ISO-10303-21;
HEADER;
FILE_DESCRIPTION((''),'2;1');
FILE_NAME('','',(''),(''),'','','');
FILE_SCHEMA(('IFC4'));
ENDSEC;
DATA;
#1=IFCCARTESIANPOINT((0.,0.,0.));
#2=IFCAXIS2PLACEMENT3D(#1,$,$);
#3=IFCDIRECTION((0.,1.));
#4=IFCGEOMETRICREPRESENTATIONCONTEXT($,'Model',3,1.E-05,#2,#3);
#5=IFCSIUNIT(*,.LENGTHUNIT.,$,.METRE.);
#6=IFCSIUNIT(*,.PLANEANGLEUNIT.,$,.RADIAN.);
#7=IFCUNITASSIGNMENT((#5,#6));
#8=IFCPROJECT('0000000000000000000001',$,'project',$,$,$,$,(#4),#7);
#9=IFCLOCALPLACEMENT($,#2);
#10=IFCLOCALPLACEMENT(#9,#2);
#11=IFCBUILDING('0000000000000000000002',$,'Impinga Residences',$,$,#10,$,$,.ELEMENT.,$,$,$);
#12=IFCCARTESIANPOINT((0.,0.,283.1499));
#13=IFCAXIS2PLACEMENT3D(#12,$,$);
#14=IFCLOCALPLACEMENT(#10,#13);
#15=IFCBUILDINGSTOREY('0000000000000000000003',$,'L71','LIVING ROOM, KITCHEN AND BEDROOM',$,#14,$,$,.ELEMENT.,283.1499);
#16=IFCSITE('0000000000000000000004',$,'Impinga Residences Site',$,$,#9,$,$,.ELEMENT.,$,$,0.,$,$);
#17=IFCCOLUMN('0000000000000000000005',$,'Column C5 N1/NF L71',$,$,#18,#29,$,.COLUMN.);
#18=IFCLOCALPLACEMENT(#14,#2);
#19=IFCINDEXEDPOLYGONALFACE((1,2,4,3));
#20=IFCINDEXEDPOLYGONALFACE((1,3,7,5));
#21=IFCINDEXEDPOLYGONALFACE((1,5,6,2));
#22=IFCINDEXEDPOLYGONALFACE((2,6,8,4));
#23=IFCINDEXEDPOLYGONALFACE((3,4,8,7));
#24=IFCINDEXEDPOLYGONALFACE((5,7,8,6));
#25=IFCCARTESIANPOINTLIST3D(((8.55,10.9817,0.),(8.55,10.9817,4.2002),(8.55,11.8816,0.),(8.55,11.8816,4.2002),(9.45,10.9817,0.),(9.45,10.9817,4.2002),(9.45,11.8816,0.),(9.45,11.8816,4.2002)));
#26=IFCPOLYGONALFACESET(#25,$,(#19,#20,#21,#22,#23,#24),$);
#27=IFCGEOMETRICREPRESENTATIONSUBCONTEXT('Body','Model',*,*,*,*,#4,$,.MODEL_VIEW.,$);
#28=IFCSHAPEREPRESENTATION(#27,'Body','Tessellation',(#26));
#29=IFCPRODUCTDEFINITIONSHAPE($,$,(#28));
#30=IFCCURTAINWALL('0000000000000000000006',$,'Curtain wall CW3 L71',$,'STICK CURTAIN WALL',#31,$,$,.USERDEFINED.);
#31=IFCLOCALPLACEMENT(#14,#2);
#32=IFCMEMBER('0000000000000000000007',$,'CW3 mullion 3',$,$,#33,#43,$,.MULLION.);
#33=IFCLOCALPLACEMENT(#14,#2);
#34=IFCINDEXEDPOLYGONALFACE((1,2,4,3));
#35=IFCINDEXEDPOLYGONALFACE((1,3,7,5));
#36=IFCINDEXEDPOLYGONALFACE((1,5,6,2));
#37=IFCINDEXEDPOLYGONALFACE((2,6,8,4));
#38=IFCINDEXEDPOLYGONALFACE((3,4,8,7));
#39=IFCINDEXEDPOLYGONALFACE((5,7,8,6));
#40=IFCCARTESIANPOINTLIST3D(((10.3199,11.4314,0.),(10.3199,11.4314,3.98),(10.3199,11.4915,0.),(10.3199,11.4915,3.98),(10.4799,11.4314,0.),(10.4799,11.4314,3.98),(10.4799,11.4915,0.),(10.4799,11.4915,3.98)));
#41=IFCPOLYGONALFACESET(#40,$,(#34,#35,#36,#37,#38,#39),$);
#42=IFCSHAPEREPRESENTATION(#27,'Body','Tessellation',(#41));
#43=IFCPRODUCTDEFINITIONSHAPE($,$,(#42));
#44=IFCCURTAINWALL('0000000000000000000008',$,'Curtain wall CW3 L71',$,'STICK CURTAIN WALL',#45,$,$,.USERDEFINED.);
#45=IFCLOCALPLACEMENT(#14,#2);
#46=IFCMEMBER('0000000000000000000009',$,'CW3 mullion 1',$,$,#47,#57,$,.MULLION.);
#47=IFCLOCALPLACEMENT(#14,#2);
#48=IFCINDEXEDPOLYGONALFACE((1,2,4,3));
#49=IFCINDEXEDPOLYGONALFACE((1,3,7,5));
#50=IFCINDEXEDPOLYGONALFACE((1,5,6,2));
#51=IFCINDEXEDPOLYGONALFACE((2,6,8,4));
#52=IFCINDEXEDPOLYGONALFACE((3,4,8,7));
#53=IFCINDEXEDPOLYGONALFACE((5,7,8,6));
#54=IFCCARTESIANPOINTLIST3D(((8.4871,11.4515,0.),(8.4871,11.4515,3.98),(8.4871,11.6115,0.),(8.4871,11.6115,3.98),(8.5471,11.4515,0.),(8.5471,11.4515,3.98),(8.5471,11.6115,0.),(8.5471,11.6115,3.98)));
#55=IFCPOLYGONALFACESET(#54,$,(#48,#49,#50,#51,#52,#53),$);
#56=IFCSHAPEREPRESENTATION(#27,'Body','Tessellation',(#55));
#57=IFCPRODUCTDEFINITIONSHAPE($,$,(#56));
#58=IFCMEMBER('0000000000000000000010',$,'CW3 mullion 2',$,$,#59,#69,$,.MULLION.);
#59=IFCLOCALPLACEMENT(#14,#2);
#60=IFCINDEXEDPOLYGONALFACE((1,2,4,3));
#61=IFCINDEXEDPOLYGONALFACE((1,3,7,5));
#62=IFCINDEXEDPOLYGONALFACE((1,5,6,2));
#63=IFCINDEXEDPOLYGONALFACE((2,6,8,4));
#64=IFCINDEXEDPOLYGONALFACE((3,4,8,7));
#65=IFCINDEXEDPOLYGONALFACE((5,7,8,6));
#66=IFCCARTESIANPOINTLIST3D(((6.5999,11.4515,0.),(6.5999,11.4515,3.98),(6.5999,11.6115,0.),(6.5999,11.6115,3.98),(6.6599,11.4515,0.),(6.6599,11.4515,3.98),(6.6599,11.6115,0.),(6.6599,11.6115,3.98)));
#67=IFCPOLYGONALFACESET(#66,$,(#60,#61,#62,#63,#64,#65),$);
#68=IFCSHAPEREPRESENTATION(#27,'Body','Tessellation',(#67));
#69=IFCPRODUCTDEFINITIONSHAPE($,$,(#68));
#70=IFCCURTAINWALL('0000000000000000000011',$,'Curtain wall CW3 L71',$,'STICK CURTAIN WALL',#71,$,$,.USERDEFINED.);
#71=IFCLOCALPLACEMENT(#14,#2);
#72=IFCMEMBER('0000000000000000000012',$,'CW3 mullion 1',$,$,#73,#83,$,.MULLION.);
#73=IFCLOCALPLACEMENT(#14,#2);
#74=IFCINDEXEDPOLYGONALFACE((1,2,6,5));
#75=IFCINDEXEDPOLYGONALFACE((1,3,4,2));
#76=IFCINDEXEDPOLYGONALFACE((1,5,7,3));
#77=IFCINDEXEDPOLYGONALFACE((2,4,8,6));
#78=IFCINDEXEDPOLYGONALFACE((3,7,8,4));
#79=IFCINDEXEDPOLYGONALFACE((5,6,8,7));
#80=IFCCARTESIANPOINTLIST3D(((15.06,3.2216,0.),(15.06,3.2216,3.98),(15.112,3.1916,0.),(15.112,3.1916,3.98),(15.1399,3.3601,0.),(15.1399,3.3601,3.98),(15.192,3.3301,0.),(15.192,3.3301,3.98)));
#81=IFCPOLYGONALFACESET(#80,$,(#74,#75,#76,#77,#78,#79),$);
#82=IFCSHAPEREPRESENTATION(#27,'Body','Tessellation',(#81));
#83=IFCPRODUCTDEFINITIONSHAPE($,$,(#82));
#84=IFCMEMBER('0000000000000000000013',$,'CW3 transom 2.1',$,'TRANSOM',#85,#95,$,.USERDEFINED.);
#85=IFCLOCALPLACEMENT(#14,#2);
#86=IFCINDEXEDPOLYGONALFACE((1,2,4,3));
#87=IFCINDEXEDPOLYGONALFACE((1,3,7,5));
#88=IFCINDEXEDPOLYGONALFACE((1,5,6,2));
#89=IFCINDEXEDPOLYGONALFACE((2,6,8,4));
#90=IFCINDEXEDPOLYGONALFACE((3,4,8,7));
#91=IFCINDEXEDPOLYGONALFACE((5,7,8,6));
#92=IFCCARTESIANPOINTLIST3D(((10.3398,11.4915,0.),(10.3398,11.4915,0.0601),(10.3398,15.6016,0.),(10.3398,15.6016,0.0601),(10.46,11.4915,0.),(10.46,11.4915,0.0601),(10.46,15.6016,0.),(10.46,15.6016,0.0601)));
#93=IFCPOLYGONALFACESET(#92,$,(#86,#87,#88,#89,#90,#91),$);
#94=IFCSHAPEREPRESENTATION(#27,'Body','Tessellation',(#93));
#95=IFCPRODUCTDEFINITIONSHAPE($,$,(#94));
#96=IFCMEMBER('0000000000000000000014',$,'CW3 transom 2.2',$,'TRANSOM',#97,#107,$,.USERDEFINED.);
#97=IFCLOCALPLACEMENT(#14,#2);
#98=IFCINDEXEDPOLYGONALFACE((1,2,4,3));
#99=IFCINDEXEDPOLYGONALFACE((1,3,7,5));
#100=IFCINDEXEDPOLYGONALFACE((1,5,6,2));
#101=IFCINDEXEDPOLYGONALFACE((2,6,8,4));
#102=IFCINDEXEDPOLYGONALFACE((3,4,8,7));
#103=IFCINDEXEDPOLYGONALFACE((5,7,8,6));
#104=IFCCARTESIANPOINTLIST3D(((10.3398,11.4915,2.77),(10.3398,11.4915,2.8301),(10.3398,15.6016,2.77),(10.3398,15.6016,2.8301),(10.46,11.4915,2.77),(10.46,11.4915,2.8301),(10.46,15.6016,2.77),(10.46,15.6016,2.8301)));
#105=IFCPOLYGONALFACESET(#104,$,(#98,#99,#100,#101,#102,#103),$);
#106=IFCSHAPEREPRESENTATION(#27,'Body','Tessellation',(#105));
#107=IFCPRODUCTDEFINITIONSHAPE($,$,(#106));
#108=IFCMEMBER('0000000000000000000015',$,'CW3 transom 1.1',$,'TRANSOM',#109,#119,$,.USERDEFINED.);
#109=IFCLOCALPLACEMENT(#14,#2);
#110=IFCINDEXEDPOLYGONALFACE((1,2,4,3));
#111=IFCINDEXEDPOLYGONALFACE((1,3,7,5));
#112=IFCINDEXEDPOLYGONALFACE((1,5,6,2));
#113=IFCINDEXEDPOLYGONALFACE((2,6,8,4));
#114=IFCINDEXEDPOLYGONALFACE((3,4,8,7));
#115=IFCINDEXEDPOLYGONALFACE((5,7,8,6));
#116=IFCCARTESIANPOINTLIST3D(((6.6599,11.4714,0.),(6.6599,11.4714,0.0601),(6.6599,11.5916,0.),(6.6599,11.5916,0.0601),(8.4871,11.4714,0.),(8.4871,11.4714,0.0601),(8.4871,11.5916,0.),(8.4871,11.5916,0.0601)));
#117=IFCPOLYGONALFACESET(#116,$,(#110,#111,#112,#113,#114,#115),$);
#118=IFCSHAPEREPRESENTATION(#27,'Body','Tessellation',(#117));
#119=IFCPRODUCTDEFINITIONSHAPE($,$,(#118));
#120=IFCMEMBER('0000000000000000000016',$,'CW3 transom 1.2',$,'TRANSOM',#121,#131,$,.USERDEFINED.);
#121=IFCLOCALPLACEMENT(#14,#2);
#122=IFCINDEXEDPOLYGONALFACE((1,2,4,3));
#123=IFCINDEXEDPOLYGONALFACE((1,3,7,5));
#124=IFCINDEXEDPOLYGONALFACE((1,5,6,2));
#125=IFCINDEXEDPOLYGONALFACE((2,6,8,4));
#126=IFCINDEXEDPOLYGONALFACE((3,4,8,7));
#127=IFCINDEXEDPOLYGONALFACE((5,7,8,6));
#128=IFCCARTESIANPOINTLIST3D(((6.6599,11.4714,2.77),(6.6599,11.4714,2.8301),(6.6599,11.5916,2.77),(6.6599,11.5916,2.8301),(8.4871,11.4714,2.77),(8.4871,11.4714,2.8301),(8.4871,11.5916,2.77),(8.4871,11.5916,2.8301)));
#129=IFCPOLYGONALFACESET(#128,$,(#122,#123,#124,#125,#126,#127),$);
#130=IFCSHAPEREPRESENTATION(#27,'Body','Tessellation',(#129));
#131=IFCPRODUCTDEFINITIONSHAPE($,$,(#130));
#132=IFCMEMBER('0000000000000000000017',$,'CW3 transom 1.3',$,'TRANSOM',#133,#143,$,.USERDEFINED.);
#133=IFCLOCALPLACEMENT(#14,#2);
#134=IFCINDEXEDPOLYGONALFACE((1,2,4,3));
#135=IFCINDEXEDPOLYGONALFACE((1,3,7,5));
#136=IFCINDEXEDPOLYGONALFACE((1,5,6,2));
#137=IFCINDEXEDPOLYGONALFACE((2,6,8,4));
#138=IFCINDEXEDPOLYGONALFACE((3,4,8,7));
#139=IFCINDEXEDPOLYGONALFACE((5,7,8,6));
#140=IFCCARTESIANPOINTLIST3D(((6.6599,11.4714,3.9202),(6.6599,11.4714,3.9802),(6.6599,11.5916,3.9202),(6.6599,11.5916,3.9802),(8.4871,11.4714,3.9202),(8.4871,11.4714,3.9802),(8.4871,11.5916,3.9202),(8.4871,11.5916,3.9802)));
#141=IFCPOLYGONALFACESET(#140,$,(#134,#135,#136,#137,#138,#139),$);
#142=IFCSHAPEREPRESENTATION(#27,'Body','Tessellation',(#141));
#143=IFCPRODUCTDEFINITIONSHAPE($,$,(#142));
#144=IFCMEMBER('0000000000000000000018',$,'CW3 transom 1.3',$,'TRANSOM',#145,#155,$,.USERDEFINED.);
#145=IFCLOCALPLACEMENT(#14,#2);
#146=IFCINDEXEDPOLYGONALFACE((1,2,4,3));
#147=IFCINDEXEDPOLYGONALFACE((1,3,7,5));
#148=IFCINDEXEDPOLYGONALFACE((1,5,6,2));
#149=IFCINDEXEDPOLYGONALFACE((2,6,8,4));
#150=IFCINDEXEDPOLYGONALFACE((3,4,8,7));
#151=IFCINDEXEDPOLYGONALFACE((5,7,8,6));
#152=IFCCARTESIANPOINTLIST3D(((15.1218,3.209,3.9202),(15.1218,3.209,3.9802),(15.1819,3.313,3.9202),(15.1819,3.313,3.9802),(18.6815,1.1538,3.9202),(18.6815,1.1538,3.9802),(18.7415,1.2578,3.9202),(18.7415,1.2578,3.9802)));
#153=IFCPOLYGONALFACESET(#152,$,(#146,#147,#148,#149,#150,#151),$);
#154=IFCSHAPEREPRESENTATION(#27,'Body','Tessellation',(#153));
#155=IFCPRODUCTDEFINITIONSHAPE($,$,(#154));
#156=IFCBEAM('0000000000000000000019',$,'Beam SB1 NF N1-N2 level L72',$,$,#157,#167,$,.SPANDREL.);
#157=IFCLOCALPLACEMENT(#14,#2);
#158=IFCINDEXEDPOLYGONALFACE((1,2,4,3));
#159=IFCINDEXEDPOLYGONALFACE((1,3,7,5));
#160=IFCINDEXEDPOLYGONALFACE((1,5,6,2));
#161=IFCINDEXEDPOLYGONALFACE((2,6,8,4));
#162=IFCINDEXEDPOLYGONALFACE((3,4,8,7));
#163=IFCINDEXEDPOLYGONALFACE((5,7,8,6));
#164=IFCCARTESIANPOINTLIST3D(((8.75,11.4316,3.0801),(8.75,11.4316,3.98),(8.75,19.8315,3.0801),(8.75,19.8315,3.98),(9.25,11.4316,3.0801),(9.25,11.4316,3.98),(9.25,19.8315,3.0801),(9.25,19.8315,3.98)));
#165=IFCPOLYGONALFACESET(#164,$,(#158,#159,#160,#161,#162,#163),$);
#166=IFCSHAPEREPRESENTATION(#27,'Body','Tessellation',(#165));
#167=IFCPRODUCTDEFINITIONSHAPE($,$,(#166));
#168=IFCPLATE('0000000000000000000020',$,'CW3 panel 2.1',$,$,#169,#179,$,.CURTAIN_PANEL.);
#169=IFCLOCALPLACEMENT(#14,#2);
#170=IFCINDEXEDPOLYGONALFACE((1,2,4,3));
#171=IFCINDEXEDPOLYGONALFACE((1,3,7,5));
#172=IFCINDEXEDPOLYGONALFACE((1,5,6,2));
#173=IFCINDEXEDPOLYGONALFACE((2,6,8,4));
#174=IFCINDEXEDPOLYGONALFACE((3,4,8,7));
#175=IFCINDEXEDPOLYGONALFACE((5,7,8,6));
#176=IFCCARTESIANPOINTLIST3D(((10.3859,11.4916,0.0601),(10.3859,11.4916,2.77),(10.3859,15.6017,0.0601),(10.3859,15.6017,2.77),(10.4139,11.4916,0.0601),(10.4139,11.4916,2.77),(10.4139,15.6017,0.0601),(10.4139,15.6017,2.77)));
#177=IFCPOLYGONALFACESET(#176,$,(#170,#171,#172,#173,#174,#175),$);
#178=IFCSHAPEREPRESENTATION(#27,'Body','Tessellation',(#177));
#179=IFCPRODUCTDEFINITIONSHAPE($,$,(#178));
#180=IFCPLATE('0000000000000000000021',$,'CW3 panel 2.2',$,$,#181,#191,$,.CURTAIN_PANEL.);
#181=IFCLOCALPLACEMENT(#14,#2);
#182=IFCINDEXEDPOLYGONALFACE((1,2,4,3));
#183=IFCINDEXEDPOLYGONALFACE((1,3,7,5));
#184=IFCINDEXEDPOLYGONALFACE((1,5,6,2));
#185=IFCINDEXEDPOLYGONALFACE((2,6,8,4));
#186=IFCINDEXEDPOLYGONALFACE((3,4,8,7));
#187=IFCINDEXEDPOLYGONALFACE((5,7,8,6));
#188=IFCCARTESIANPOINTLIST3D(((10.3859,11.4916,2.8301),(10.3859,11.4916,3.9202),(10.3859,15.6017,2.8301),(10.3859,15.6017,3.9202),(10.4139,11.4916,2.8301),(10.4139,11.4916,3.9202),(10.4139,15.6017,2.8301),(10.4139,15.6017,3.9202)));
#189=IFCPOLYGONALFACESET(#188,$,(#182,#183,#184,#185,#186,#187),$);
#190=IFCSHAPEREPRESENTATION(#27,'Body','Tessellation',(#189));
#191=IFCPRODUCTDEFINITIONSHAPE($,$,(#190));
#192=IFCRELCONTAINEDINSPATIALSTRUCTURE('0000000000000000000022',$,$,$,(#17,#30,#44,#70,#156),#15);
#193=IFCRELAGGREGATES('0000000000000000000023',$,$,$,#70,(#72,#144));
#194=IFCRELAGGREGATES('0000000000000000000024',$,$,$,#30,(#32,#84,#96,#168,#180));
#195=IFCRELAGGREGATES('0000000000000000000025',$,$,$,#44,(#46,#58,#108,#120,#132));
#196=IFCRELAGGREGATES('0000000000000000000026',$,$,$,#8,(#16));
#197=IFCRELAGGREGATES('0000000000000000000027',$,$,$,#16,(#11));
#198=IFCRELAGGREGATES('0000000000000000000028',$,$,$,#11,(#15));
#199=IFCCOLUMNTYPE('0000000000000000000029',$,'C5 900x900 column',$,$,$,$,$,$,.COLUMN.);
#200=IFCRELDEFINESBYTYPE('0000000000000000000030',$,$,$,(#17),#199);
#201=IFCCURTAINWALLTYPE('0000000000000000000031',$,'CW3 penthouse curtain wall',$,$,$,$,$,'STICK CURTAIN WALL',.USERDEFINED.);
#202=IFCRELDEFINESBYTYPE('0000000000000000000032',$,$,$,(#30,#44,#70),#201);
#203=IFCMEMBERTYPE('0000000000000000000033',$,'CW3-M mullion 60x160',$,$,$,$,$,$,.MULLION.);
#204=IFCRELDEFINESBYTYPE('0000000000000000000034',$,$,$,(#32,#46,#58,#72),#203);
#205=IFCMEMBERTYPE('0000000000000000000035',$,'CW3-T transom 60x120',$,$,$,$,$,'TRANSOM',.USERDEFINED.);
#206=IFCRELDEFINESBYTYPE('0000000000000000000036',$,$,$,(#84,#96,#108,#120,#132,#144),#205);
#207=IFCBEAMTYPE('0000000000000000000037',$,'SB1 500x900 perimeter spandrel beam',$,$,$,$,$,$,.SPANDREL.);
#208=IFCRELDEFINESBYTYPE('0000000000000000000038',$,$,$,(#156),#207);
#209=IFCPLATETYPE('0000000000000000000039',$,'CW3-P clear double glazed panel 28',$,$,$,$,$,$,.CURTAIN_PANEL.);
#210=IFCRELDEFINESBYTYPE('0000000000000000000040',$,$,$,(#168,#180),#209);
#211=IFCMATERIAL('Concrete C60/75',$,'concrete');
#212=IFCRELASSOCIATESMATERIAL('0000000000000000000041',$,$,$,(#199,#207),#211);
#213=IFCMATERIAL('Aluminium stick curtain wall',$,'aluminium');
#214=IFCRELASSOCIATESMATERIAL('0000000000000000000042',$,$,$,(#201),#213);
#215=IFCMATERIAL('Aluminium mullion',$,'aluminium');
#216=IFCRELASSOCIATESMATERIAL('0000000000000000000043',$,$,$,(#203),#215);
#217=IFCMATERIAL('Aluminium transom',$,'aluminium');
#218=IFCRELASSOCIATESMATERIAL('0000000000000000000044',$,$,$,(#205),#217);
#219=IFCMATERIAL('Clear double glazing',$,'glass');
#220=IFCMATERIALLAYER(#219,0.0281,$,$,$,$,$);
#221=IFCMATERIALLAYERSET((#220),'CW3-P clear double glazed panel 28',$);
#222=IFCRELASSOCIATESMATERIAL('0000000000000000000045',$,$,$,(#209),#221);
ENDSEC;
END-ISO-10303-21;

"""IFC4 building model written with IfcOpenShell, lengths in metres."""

from ifc_helpers import new_model, si_unit, direction, frame, origin, origin_2d, place, context, subcontext, project, spatial, rectangle, extrude, material, layer, layer_set, material_profile, profile_set, type_object, element, aggregate, save


model = new_model("IFC4")

# Units and contexts
model_context = context("Model", 3, precision=1e-05, world=origin(), true_north=direction((0.0, 1.0)))
body_context = subcontext(model_context, "Body", "Model", "MODEL_VIEW")
ifc_project = project(units=[si_unit("LENGTHUNIT", "METRE"), si_unit("PLANEANGLEUNIT", "RADIAN")], contexts=[model_context])

# Site, building, storey
site_placement = place(None, origin())
site = spatial("IfcSite", under=ifc_project, at=site_placement, Name="Impinga Residences Site", CompositionType="ELEMENT", RefElevation=0.0)
building_placement = place(site_placement, origin())
building = spatial("IfcBuilding", under=site, at=building_placement, Name="Impinga Residences", CompositionType="ELEMENT")
storey_placement = place(building_placement, frame((0.0, 0.0, 283.1499)))
storey = spatial("IfcBuildingStorey", under=building, at=storey_placement, Name="L71", Description="LIVING ROOM, KITCHEN AND BEDROOM", CompositionType="ELEMENT", Elevation=283.1499)

# Column
ifc_material_1 = material(Name="Concrete C60/75", Category="concrete")
ifc_material_profile_1 = material_profile(ifc_material_1, rectangle(XDim=0.8999, YDim=0.8999, at=origin_2d()), Name="RC 900x900")
ifc_profile_set_1 = profile_set([ifc_material_profile_1], Name="Concrete C60/75")
column_type = type_object("IfcColumnType", Name="C5 900x900 column", PredefinedType="COLUMN", material=ifc_profile_set_1)
column_placement = place(storey_placement, frame((9.0, 11.4316, 0.0), z_axis=(0.0, 0.0, 1.0), x_axis=(1.0, 0.0, 0.0)))
element("IfcColumn", 1, at=column_placement, inside=storey, type_object=column_type, Name="Column C5 N1/NF L71", PredefinedType="COLUMN", context=body_context, shape_type="SweptSolid", body=[
    extrude(rectangle(XDim=0.8999, YDim=0.8999, at=origin_2d()), origin(), (0.0, 0.0, 1.0), 4.2002),
])

# Curtain wall, member
ifc_material_2 = material(Name="Aluminium stick curtain wall", Category="aluminium")
curtain_wall_type = type_object("IfcCurtainWallType", Name="CW3 penthouse curtain wall", ElementType="STICK CURTAIN WALL", PredefinedType="USERDEFINED", material=ifc_material_2)
curtain_wall_1_placement = place(storey_placement, origin())
curtain_wall_1 = element("IfcCurtainWall", 2, at=curtain_wall_1_placement, inside=storey, type_object=curtain_wall_type, Name="Curtain wall CW3 L71", ObjectType="STICK CURTAIN WALL", PredefinedType="USERDEFINED")
ifc_material_3 = material(Name="Aluminium mullion", Category="aluminium")
ifc_material_profile_2 = material_profile(ifc_material_3, rectangle(XDim=0.0601, YDim=0.1599, at=origin_2d()), Name="60x160 mullion")
ifc_profile_set_2 = profile_set([ifc_material_profile_2], Name="Aluminium mullion")
member_type_1 = type_object("IfcMemberType", Name="CW3-M mullion 60x160", PredefinedType="MULLION", material=ifc_profile_set_2)
member_1_placement = place(storey_placement, frame((10.3999, 11.4614, 0.0), z_axis=(0.0, 0.0, 1.0), x_axis=(0.0, -1.0, 0.0)))
member_1 = element("IfcMember", 3, at=member_1_placement, type_object=member_type_1, Name="CW3 mullion 3", PredefinedType="MULLION", context=body_context, shape_type="SweptSolid", body=[
    extrude(rectangle(XDim=0.0601, YDim=0.1599, at=origin_2d()), origin(), (0.0, 0.0, 1.0), 3.98),
])

# Curtain wall, members
curtain_wall_2_placement = place(storey_placement, origin())
curtain_wall_2 = element("IfcCurtainWall", 4, at=curtain_wall_2_placement, inside=storey, type_object=curtain_wall_type, Name="Curtain wall CW3 L71", ObjectType="STICK CURTAIN WALL", PredefinedType="USERDEFINED")
member_2_placement = place(storey_placement, frame((8.5171, 11.5315, 0.0), z_axis=(0.0, 0.0, 1.0), x_axis=(-1.0, 0.0, 0.0)))
member_2 = element("IfcMember", 5, at=member_2_placement, type_object=member_type_1, Name="CW3 mullion 1", PredefinedType="MULLION", context=body_context, shape_type="SweptSolid", body=[
    extrude(rectangle(XDim=0.0601, YDim=0.1599, at=origin_2d()), origin(), (0.0, 0.0, 1.0), 3.98),
])
member_3_placement = place(storey_placement, frame((6.6299, 11.5315, 0.0), z_axis=(0.0, 0.0, 1.0), x_axis=(-1.0, 0.0, 0.0)))
member_3 = element("IfcMember", 6, at=member_3_placement, type_object=member_type_1, Name="CW3 mullion 2", PredefinedType="MULLION", context=body_context, shape_type="SweptSolid", body=[
    extrude(rectangle(XDim=0.0601, YDim=0.1599, at=origin_2d()), origin(), (0.0, 0.0, 1.0), 3.98),
])

# Curtain wall, member
curtain_wall_3_placement = place(storey_placement, origin())
curtain_wall_3 = element("IfcCurtainWall", 7, at=curtain_wall_3_placement, inside=storey, type_object=curtain_wall_type, Name="Curtain wall CW3 L71", ObjectType="STICK CURTAIN WALL", PredefinedType="USERDEFINED")
member_4_placement = place(storey_placement, frame((15.126, 3.2759, 0.0), z_axis=(0.0, 0.0, 1.0), x_axis=(0.866025, -0.5, 0.0)))
member_4 = element("IfcMember", 8, at=member_4_placement, type_object=member_type_1, Name="CW3 mullion 1", PredefinedType="MULLION", context=body_context, shape_type="SweptSolid", body=[
    extrude(rectangle(XDim=0.0601, YDim=0.1599, at=origin_2d()), origin(), (0.0, 0.0, 1.0), 3.98),
])

# Members
ifc_material_4 = material(Name="Aluminium transom", Category="aluminium")
ifc_material_profile_3 = material_profile(ifc_material_4, rectangle(XDim=0.0601, YDim=0.1201, at=origin_2d()), Name="60x120 transom")
ifc_profile_set_3 = profile_set([ifc_material_profile_3], Name="Aluminium transom")
member_type_2 = type_object("IfcMemberType", Name="CW3-T transom 60x120", ElementType="TRANSOM", PredefinedType="USERDEFINED", material=ifc_profile_set_3)
member_5_placement = place(storey_placement, frame((10.3999, 15.6016, 0.03), z_axis=(0.0, -1.0, 0.0), x_axis=(0.0, 0.0, 1.0)))
member_5 = element("IfcMember", 9, at=member_5_placement, type_object=member_type_2, Name="CW3 transom 2.1", ObjectType="TRANSOM", PredefinedType="USERDEFINED", context=body_context, shape_type="SweptSolid", body=[
    extrude(rectangle(XDim=0.0601, YDim=0.1201, at=origin_2d()), origin(), (0.0, 0.0, 1.0), 4.1101),
])
member_6_placement = place(storey_placement, frame((10.3999, 15.6016, 2.8), z_axis=(0.0, -1.0, 0.0), x_axis=(0.0, 0.0, 1.0)))
member_6 = element("IfcMember", 10, at=member_6_placement, type_object=member_type_2, Name="CW3 transom 2.2", ObjectType="TRANSOM", PredefinedType="USERDEFINED", context=body_context, shape_type="SweptSolid", body=[
    extrude(rectangle(XDim=0.0601, YDim=0.1201, at=origin_2d()), origin(), (0.0, 0.0, 1.0), 4.1101),
])
member_7_placement = place(storey_placement, frame((8.4871, 11.5315, 0.03), z_axis=(-1.0, 0.0, 0.0), x_axis=(0.0, 0.0, 1.0)))
member_7 = element("IfcMember", 11, at=member_7_placement, type_object=member_type_2, Name="CW3 transom 1.1", ObjectType="TRANSOM", PredefinedType="USERDEFINED", context=body_context, shape_type="SweptSolid", body=[
    extrude(rectangle(XDim=0.0601, YDim=0.1201, at=origin_2d()), origin(), (0.0, 0.0, 1.0), 1.8271),
])
member_8_placement = place(storey_placement, frame((8.4871, 11.5315, 2.8), z_axis=(-1.0, 0.0, 0.0), x_axis=(0.0, 0.0, 1.0)))
member_8 = element("IfcMember", 12, at=member_8_placement, type_object=member_type_2, Name="CW3 transom 1.2", ObjectType="TRANSOM", PredefinedType="USERDEFINED", context=body_context, shape_type="SweptSolid", body=[
    extrude(rectangle(XDim=0.0601, YDim=0.1201, at=origin_2d()), origin(), (0.0, 0.0, 1.0), 1.8271),
])
member_9_placement = place(storey_placement, frame((8.4871, 11.5315, 3.9502), z_axis=(-1.0, 0.0, 0.0), x_axis=(0.0, 0.0, 1.0)))
member_9 = element("IfcMember", 13, at=member_9_placement, type_object=member_type_2, Name="CW3 transom 1.3", ObjectType="TRANSOM", PredefinedType="USERDEFINED", context=body_context, shape_type="SweptSolid", body=[
    extrude(rectangle(XDim=0.0601, YDim=0.1201, at=origin_2d()), origin(), (0.0, 0.0, 1.0), 1.8271),
])
member_10_placement = place(storey_placement, frame((15.1519, 3.261, 3.9502), z_axis=(0.866019, -0.50001, 0.0), x_axis=(0.0, 0.0, 1.0)))
member_10 = element("IfcMember", 14, at=member_10_placement, type_object=member_type_2, Name="CW3 transom 1.3", ObjectType="TRANSOM", PredefinedType="USERDEFINED", context=body_context, shape_type="SweptSolid", body=[
    extrude(rectangle(XDim=0.0601, YDim=0.1201, at=origin_2d()), origin(), (0.0, 0.0, 1.0), 4.1104),
])
aggregate(curtain_wall_3, [member_4, member_10])

# Beam
ifc_material_profile_4 = material_profile(ifc_material_1, rectangle(XDim=0.5, YDim=0.8999, at=origin_2d()), Name="RC 500x900")
ifc_profile_set_4 = profile_set([ifc_material_profile_4], Name="Concrete C60/75")
beam_type = type_object("IfcBeamType", Name="SB1 500x900 perimeter spandrel beam", PredefinedType="SPANDREL", material=ifc_profile_set_4)
beam_placement = place(storey_placement, frame((9.0, 11.4316, 3.53), z_axis=(0.0, 1.0, 0.0), x_axis=(-1.0, 0.0, 0.0)))
element("IfcBeam", 15, at=beam_placement, inside=storey, type_object=beam_type, Name="Beam SB1 NF N1-N2 level L72", PredefinedType="SPANDREL", context=body_context, shape_type="SweptSolid", body=[
    extrude(rectangle(XDim=0.5, YDim=0.8999, at=origin_2d()), origin(), (0.0, 0.0, 1.0), 8.3999),
])

# Plates
ifc_material_5 = material(Name="Clear double glazing", Category="glass")
ifc_layer_1 = layer(ifc_material_5, 0.0281)
ifc_layer_set_1 = layer_set([ifc_layer_1], Name="CW3-P clear double glazed panel 28")
plate_type = type_object("IfcPlateType", Name="CW3-P clear double glazed panel 28", PredefinedType="CURTAIN_PANEL", material=ifc_layer_set_1)
plate_1_placement = place(storey_placement, frame((10.3999, 13.5466, 0.0601), z_axis=(0.0, 0.0, 1.0), x_axis=(0.0, -1.0, 0.0)))
plate_1 = element("IfcPlate", 16, at=plate_1_placement, type_object=plate_type, Name="CW3 panel 2.1", PredefinedType="CURTAIN_PANEL", context=body_context, shape_type="SweptSolid", body=[
    extrude(rectangle(XDim=4.1101, YDim=0.0281, at=origin_2d()), origin(), (0.0, 0.0, 1.0), 2.71),
])
plate_2_placement = place(storey_placement, frame((10.3999, 13.5466, 2.8301), z_axis=(0.0, 0.0, 1.0), x_axis=(0.0, -1.0, 0.0)))
plate_2 = element("IfcPlate", 17, at=plate_2_placement, type_object=plate_type, Name="CW3 panel 2.2", PredefinedType="CURTAIN_PANEL", context=body_context, shape_type="SweptSolid", body=[
    extrude(rectangle(XDim=4.1101, YDim=0.0281, at=origin_2d()), origin(), (0.0, 0.0, 1.0), 1.0901),
])
aggregate(curtain_wall_1, [member_1, member_5, member_6, plate_1, plate_2])
aggregate(curtain_wall_2, [member_2, member_3, member_7, member_8, member_9])

save(model, "model.ifc")
